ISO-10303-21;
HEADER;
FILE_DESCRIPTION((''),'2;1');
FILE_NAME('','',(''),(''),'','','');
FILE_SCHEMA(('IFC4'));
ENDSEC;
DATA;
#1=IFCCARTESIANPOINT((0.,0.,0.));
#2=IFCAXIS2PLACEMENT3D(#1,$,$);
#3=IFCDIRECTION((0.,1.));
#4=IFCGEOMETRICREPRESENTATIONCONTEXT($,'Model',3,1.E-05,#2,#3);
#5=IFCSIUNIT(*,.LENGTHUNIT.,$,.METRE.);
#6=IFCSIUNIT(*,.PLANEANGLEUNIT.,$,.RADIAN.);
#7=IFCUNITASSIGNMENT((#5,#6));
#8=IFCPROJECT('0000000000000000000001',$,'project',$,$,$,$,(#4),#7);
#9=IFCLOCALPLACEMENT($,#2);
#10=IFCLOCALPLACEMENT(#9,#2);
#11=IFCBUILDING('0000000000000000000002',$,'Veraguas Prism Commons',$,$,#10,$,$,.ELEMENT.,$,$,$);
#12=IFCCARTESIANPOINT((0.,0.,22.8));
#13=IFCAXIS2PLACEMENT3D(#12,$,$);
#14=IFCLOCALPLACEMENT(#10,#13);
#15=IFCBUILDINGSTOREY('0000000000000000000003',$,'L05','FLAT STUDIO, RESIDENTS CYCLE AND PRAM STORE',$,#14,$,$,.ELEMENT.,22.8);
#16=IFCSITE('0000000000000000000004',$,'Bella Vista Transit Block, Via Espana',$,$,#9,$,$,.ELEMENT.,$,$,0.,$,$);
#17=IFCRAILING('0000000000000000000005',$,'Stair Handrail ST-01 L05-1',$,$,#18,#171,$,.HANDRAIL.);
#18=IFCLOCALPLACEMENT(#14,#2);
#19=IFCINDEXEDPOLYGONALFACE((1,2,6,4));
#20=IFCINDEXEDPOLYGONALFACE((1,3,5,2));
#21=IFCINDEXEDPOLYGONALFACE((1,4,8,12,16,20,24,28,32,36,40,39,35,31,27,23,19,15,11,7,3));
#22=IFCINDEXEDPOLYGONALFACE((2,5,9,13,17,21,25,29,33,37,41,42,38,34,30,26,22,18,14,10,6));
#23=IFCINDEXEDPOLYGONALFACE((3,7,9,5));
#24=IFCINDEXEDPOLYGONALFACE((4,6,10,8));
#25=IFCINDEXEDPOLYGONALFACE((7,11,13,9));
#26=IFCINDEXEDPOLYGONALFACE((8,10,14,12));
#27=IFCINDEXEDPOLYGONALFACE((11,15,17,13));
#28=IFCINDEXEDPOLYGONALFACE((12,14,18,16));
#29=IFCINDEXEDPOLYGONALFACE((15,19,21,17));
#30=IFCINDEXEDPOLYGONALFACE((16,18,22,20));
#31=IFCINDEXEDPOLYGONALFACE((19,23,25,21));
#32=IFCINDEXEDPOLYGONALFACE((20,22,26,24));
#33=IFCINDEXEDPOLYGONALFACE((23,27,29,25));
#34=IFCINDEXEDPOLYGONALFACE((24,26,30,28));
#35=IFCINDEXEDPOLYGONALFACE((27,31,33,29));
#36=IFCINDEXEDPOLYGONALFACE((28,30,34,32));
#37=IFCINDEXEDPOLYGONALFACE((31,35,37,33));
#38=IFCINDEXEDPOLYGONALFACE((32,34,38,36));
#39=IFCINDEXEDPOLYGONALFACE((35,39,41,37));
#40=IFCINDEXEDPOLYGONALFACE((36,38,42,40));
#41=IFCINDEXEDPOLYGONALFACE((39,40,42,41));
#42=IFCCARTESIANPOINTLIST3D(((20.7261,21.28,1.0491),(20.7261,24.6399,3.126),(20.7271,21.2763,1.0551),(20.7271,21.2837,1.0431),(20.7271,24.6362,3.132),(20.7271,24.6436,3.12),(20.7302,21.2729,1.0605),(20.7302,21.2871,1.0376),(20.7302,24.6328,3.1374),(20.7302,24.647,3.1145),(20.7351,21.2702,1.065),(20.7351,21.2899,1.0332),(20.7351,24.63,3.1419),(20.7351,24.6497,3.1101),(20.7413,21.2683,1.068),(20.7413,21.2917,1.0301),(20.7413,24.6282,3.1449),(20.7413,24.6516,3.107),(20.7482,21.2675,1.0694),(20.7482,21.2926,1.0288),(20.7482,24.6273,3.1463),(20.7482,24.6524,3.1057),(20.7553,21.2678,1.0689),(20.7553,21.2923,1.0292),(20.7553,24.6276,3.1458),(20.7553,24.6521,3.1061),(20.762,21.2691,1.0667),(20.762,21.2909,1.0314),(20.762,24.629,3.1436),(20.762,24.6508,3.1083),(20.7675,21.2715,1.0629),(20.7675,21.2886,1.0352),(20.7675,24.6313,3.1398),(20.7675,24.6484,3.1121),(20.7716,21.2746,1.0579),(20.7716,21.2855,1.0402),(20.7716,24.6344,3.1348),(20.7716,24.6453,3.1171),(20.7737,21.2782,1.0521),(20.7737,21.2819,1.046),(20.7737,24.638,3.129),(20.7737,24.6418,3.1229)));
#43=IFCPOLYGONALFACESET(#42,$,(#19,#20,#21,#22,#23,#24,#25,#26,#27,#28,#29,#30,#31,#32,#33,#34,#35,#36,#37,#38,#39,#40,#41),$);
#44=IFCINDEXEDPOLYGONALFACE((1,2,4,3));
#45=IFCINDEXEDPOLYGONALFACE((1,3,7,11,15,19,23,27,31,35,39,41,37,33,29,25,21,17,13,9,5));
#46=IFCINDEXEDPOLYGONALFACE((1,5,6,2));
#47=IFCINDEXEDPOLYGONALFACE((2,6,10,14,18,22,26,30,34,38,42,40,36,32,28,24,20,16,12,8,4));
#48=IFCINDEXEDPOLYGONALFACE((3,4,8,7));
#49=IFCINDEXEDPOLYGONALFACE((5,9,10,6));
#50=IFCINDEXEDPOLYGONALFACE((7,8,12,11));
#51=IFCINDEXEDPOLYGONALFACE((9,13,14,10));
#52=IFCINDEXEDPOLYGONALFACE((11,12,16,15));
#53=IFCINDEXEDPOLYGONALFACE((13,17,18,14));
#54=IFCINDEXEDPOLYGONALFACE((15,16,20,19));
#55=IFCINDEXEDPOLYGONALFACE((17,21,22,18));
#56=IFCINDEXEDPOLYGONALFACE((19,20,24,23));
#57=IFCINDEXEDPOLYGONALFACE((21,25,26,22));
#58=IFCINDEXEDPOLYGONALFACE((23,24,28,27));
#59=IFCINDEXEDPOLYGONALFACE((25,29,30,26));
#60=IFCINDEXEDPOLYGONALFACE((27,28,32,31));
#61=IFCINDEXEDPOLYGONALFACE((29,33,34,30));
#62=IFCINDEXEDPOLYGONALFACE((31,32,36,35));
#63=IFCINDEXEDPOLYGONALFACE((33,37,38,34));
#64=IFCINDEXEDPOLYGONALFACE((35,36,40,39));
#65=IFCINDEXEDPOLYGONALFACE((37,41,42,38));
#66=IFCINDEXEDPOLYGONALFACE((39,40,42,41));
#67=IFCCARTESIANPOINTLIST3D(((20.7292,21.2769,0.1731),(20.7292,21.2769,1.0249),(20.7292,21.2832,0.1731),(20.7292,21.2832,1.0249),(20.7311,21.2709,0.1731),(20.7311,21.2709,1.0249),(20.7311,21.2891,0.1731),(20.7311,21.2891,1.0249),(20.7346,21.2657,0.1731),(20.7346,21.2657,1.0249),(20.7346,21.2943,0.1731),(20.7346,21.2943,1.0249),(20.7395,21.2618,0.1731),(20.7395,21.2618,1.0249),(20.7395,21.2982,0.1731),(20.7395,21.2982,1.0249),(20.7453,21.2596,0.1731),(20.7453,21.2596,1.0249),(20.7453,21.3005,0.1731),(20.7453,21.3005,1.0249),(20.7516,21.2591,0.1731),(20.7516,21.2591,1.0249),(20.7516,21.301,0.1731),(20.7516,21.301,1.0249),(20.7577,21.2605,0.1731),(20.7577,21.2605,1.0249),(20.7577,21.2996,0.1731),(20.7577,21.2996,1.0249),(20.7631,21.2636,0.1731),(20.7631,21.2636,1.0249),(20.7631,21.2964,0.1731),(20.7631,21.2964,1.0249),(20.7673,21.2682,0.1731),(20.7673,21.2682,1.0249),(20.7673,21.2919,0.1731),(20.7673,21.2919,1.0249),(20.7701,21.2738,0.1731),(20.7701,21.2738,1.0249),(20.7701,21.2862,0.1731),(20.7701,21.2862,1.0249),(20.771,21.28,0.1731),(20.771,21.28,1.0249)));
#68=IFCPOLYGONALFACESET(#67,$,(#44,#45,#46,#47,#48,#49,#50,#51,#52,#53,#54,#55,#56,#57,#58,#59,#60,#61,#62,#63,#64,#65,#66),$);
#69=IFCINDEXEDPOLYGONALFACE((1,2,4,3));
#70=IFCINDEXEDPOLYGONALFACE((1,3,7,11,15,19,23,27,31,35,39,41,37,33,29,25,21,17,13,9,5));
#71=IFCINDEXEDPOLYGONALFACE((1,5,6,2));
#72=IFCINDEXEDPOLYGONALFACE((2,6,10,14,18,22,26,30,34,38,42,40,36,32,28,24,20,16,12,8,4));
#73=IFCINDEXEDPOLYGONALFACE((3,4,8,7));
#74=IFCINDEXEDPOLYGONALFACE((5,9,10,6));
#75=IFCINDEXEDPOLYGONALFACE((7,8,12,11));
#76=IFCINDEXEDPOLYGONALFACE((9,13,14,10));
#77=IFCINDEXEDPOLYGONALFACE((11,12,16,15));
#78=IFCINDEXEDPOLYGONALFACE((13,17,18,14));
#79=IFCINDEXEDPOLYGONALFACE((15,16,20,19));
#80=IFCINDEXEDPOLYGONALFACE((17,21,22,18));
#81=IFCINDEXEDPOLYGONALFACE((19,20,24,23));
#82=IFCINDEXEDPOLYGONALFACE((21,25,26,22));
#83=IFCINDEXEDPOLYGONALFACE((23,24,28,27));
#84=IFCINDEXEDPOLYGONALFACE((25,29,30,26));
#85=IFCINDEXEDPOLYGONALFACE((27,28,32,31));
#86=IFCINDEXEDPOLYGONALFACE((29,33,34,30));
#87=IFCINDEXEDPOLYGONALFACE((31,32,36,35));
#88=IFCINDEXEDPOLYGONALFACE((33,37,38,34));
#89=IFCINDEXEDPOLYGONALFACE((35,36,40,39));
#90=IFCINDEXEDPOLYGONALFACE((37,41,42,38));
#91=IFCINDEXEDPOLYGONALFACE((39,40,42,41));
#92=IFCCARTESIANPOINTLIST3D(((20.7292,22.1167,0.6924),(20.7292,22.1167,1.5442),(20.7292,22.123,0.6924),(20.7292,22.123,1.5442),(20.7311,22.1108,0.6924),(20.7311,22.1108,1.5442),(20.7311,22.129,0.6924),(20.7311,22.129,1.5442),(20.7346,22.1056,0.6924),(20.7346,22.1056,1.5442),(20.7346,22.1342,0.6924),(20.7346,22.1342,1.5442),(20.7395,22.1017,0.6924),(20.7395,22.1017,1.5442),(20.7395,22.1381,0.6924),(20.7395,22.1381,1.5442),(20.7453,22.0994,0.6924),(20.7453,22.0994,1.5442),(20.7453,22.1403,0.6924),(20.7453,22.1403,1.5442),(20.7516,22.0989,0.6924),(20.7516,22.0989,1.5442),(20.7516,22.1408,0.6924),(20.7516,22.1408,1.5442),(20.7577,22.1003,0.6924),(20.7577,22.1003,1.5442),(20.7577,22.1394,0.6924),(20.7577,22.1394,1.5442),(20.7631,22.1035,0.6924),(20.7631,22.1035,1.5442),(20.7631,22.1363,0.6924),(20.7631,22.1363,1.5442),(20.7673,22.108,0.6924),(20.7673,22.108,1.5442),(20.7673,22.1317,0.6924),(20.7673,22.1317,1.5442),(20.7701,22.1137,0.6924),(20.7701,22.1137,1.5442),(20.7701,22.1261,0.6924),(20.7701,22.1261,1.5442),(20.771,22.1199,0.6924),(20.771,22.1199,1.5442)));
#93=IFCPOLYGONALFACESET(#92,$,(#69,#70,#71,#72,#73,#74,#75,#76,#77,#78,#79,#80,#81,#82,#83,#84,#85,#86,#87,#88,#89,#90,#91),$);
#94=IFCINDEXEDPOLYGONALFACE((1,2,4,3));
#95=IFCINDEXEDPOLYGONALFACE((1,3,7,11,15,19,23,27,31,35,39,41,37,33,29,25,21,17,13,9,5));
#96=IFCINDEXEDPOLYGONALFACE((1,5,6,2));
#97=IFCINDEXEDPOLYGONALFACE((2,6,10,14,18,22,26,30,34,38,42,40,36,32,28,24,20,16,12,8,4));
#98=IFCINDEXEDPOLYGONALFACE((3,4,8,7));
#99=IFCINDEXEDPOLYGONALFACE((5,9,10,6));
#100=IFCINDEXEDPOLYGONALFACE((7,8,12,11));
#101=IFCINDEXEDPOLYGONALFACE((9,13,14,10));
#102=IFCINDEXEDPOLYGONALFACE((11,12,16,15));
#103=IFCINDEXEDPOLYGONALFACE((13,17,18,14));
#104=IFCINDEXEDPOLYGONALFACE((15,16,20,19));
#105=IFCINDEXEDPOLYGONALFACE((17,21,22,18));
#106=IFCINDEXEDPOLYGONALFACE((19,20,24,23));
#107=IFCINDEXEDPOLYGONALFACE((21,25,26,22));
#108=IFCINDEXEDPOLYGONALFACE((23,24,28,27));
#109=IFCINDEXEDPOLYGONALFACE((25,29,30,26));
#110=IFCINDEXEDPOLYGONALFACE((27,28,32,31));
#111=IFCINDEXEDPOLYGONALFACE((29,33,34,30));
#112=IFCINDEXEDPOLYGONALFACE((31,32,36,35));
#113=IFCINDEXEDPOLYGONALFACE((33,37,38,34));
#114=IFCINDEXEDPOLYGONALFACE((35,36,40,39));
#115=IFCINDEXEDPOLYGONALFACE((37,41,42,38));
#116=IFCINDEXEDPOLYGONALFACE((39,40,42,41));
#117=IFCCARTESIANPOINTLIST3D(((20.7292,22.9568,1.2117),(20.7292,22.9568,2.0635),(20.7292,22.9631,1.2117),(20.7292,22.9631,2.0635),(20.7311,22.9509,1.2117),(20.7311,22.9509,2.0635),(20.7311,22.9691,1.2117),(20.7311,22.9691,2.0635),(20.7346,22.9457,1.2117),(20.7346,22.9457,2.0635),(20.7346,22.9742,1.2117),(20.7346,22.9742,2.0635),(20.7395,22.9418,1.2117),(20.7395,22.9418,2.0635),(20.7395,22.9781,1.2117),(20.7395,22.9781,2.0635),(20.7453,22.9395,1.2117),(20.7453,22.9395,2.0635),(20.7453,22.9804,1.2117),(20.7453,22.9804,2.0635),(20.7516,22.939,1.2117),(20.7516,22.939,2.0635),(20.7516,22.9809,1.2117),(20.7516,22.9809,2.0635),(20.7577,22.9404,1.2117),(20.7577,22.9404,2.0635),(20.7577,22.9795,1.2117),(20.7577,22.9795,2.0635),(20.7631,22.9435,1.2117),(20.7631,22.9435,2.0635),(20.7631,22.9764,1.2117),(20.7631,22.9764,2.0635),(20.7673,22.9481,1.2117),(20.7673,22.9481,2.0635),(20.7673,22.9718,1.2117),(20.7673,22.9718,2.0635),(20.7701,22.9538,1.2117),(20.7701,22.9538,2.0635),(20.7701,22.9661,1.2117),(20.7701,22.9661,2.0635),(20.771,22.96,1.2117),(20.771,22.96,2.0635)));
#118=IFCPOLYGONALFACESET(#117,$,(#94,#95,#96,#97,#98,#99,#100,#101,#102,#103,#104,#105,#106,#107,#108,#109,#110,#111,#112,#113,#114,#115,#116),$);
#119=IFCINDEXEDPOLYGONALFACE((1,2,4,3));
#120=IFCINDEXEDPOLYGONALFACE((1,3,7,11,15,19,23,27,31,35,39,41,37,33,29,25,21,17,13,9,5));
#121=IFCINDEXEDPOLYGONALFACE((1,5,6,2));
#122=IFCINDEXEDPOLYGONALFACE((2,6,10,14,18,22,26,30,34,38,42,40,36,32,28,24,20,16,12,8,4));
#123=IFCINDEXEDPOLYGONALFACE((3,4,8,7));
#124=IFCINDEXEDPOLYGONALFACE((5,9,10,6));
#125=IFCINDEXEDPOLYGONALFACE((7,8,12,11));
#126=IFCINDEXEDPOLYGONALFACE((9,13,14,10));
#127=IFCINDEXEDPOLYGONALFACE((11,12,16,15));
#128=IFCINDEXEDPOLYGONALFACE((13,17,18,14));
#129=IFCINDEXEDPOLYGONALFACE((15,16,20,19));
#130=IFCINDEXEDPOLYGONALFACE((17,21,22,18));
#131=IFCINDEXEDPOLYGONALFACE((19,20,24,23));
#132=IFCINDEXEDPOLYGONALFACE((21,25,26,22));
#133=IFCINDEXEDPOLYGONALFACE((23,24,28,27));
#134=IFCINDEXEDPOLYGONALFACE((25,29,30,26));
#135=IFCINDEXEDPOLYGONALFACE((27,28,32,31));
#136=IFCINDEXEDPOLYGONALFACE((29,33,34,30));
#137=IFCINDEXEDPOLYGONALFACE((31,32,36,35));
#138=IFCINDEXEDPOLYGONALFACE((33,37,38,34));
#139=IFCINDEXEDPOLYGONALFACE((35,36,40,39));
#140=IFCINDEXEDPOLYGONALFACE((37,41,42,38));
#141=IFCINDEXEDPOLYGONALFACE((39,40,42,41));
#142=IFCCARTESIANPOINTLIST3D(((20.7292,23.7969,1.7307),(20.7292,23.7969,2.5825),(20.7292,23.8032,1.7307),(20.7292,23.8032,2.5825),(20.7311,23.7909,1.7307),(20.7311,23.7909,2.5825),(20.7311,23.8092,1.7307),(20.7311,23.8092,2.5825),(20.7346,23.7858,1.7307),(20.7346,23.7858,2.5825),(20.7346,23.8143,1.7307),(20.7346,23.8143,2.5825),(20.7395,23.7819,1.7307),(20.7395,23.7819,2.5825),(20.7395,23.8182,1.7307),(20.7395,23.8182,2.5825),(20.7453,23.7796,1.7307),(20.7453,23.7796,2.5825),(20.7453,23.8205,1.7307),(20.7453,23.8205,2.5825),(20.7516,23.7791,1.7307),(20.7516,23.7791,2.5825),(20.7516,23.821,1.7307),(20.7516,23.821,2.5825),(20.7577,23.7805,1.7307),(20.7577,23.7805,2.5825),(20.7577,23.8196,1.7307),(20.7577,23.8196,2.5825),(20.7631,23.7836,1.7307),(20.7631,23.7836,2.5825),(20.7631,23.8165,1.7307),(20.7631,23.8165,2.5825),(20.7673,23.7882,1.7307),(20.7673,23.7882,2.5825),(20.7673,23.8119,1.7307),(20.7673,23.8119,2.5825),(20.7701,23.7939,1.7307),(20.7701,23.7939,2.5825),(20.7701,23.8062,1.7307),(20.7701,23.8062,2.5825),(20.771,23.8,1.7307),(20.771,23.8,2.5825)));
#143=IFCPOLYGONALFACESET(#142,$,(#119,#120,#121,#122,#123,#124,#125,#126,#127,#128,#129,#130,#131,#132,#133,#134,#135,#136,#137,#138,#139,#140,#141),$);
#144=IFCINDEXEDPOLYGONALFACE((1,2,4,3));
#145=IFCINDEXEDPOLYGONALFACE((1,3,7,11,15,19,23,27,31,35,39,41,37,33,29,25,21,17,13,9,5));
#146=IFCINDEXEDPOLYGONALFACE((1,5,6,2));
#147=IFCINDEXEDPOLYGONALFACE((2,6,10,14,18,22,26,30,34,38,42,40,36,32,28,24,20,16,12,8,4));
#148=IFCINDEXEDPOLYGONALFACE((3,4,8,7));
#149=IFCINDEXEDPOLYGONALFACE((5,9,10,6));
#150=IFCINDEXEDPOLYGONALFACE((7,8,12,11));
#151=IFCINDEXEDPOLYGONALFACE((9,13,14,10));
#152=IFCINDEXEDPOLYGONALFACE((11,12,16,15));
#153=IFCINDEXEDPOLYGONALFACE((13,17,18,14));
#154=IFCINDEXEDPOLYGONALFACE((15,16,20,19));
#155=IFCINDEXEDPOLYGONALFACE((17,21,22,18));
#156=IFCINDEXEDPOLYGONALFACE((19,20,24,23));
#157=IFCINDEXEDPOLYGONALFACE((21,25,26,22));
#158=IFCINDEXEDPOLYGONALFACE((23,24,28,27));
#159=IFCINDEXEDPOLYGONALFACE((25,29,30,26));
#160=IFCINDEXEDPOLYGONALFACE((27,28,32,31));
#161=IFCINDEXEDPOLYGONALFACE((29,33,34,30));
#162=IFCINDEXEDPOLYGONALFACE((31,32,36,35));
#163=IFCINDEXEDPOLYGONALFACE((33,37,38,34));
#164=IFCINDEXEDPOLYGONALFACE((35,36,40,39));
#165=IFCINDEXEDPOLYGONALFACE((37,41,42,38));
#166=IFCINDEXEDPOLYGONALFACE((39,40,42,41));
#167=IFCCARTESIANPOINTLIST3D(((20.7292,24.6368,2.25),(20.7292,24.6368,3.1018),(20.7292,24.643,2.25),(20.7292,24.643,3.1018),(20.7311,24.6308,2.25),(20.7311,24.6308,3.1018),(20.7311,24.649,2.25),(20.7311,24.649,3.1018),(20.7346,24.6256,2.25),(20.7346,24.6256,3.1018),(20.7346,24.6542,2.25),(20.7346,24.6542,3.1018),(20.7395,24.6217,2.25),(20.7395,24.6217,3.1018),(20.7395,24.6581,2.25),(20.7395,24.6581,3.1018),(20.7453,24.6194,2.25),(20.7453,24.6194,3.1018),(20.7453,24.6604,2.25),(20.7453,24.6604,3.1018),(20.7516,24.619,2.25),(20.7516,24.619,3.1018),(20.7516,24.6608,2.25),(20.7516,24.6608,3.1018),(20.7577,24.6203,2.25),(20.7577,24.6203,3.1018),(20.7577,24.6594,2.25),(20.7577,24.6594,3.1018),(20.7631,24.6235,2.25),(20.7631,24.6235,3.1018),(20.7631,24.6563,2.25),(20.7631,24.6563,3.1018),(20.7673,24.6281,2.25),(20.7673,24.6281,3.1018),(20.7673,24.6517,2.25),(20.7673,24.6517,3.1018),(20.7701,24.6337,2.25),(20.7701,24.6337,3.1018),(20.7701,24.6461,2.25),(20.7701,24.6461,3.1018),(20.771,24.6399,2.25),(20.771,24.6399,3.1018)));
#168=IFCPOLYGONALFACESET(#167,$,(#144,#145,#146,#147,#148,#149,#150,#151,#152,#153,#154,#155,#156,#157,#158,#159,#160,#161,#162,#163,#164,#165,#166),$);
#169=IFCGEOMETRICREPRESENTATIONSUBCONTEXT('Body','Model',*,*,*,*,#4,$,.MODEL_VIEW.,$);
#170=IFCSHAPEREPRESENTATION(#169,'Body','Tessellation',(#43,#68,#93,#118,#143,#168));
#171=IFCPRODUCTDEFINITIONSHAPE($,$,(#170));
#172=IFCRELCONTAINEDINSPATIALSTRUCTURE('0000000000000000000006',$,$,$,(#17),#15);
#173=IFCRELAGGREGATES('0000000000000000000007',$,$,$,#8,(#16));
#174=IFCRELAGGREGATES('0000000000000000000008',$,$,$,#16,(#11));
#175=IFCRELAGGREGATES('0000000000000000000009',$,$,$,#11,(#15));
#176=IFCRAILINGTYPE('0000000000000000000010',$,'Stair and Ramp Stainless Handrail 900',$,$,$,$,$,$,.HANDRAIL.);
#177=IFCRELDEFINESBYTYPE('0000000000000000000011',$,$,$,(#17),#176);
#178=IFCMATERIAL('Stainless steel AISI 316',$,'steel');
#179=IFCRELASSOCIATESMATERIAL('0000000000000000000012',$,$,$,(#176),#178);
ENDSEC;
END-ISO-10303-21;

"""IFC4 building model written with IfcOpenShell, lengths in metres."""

from ifc_helpers import new_model, si_unit, direction, frame, origin, origin_2d, place, context, subcontext, project, spatial, circle, extrude, material, type_object, element, save


model = new_model("IFC4")

# Units and contexts
model_context = context("Model", 3, precision=1e-05, world=origin(), true_north=direction((0.0, 1.0)))
body_context = subcontext(model_context, "Body", "Model", "MODEL_VIEW")
ifc_project = project(units=[si_unit("LENGTHUNIT", "METRE"), si_unit("PLANEANGLEUNIT", "RADIAN")], contexts=[model_context])

# Site, building, storey
site_placement = place(None, origin())
site = spatial("IfcSite", under=ifc_project, at=site_placement, Name="Bella Vista Transit Block, Via Espana", CompositionType="ELEMENT", RefElevation=0.0)
building_placement = place(site_placement, origin())
building = spatial("IfcBuilding", under=site, at=building_placement, Name="Veraguas Prism Commons", CompositionType="ELEMENT")
storey_placement = place(building_placement, frame((0.0, 0.0, 22.8)))
storey = spatial("IfcBuildingStorey", under=building, at=storey_placement, Name="L05", Description="FLAT STUDIO, RESIDENTS CYCLE AND PRAM STORE", CompositionType="ELEMENT", Elevation=22.8)

# Railing
ifc_material_1 = material(Name="Stainless steel AISI 316", Category="steel")
railing_type_1 = type_object("IfcRailingType", Name="Stair and Ramp Stainless Handrail 900", PredefinedType="HANDRAIL", material=ifc_material_1)
railing_1_placement = place(storey_placement, frame((20.75, 21.28, 0.1731)))
element("IfcRailing", 1, at=railing_1_placement, inside=storey, type_object=railing_type_1, Name="Stair Handrail ST-01 L05-1", PredefinedType="HANDRAIL", context=body_context, shape_type="SweptSolid", body=[
    extrude(circle(Radius=0.0239, at=origin_2d()), frame((0.0, 0.0, 0.876), z_axis=(0.0, 0.850606, 0.525803), x_axis=(-1.0, 0.0, 0.0)), (0.0, 0.0, 1.0), 3.95),
    extrude(circle(Radius=0.021, at=origin_2d()), origin(), (0.0, 0.0, 1.0), 0.8518),
    extrude(circle(Radius=0.021, at=origin_2d()), frame((0.0, 0.8398, 0.5193)), (0.0, 0.0, 1.0), 0.8518),
    extrude(circle(Radius=0.021, at=origin_2d()), frame((0.0, 1.6799, 1.0386)), (0.0, 0.0, 1.0), 0.8518),
    extrude(circle(Radius=0.021, at=origin_2d()), frame((0.0, 2.52, 1.5576)), (0.0, 0.0, 1.0), 0.8518),
    extrude(circle(Radius=0.021, at=origin_2d()), frame((0.0, 3.3599, 2.0769)), (0.0, 0.0, 1.0), 0.8518),
])

save(model, "model.ifc")
